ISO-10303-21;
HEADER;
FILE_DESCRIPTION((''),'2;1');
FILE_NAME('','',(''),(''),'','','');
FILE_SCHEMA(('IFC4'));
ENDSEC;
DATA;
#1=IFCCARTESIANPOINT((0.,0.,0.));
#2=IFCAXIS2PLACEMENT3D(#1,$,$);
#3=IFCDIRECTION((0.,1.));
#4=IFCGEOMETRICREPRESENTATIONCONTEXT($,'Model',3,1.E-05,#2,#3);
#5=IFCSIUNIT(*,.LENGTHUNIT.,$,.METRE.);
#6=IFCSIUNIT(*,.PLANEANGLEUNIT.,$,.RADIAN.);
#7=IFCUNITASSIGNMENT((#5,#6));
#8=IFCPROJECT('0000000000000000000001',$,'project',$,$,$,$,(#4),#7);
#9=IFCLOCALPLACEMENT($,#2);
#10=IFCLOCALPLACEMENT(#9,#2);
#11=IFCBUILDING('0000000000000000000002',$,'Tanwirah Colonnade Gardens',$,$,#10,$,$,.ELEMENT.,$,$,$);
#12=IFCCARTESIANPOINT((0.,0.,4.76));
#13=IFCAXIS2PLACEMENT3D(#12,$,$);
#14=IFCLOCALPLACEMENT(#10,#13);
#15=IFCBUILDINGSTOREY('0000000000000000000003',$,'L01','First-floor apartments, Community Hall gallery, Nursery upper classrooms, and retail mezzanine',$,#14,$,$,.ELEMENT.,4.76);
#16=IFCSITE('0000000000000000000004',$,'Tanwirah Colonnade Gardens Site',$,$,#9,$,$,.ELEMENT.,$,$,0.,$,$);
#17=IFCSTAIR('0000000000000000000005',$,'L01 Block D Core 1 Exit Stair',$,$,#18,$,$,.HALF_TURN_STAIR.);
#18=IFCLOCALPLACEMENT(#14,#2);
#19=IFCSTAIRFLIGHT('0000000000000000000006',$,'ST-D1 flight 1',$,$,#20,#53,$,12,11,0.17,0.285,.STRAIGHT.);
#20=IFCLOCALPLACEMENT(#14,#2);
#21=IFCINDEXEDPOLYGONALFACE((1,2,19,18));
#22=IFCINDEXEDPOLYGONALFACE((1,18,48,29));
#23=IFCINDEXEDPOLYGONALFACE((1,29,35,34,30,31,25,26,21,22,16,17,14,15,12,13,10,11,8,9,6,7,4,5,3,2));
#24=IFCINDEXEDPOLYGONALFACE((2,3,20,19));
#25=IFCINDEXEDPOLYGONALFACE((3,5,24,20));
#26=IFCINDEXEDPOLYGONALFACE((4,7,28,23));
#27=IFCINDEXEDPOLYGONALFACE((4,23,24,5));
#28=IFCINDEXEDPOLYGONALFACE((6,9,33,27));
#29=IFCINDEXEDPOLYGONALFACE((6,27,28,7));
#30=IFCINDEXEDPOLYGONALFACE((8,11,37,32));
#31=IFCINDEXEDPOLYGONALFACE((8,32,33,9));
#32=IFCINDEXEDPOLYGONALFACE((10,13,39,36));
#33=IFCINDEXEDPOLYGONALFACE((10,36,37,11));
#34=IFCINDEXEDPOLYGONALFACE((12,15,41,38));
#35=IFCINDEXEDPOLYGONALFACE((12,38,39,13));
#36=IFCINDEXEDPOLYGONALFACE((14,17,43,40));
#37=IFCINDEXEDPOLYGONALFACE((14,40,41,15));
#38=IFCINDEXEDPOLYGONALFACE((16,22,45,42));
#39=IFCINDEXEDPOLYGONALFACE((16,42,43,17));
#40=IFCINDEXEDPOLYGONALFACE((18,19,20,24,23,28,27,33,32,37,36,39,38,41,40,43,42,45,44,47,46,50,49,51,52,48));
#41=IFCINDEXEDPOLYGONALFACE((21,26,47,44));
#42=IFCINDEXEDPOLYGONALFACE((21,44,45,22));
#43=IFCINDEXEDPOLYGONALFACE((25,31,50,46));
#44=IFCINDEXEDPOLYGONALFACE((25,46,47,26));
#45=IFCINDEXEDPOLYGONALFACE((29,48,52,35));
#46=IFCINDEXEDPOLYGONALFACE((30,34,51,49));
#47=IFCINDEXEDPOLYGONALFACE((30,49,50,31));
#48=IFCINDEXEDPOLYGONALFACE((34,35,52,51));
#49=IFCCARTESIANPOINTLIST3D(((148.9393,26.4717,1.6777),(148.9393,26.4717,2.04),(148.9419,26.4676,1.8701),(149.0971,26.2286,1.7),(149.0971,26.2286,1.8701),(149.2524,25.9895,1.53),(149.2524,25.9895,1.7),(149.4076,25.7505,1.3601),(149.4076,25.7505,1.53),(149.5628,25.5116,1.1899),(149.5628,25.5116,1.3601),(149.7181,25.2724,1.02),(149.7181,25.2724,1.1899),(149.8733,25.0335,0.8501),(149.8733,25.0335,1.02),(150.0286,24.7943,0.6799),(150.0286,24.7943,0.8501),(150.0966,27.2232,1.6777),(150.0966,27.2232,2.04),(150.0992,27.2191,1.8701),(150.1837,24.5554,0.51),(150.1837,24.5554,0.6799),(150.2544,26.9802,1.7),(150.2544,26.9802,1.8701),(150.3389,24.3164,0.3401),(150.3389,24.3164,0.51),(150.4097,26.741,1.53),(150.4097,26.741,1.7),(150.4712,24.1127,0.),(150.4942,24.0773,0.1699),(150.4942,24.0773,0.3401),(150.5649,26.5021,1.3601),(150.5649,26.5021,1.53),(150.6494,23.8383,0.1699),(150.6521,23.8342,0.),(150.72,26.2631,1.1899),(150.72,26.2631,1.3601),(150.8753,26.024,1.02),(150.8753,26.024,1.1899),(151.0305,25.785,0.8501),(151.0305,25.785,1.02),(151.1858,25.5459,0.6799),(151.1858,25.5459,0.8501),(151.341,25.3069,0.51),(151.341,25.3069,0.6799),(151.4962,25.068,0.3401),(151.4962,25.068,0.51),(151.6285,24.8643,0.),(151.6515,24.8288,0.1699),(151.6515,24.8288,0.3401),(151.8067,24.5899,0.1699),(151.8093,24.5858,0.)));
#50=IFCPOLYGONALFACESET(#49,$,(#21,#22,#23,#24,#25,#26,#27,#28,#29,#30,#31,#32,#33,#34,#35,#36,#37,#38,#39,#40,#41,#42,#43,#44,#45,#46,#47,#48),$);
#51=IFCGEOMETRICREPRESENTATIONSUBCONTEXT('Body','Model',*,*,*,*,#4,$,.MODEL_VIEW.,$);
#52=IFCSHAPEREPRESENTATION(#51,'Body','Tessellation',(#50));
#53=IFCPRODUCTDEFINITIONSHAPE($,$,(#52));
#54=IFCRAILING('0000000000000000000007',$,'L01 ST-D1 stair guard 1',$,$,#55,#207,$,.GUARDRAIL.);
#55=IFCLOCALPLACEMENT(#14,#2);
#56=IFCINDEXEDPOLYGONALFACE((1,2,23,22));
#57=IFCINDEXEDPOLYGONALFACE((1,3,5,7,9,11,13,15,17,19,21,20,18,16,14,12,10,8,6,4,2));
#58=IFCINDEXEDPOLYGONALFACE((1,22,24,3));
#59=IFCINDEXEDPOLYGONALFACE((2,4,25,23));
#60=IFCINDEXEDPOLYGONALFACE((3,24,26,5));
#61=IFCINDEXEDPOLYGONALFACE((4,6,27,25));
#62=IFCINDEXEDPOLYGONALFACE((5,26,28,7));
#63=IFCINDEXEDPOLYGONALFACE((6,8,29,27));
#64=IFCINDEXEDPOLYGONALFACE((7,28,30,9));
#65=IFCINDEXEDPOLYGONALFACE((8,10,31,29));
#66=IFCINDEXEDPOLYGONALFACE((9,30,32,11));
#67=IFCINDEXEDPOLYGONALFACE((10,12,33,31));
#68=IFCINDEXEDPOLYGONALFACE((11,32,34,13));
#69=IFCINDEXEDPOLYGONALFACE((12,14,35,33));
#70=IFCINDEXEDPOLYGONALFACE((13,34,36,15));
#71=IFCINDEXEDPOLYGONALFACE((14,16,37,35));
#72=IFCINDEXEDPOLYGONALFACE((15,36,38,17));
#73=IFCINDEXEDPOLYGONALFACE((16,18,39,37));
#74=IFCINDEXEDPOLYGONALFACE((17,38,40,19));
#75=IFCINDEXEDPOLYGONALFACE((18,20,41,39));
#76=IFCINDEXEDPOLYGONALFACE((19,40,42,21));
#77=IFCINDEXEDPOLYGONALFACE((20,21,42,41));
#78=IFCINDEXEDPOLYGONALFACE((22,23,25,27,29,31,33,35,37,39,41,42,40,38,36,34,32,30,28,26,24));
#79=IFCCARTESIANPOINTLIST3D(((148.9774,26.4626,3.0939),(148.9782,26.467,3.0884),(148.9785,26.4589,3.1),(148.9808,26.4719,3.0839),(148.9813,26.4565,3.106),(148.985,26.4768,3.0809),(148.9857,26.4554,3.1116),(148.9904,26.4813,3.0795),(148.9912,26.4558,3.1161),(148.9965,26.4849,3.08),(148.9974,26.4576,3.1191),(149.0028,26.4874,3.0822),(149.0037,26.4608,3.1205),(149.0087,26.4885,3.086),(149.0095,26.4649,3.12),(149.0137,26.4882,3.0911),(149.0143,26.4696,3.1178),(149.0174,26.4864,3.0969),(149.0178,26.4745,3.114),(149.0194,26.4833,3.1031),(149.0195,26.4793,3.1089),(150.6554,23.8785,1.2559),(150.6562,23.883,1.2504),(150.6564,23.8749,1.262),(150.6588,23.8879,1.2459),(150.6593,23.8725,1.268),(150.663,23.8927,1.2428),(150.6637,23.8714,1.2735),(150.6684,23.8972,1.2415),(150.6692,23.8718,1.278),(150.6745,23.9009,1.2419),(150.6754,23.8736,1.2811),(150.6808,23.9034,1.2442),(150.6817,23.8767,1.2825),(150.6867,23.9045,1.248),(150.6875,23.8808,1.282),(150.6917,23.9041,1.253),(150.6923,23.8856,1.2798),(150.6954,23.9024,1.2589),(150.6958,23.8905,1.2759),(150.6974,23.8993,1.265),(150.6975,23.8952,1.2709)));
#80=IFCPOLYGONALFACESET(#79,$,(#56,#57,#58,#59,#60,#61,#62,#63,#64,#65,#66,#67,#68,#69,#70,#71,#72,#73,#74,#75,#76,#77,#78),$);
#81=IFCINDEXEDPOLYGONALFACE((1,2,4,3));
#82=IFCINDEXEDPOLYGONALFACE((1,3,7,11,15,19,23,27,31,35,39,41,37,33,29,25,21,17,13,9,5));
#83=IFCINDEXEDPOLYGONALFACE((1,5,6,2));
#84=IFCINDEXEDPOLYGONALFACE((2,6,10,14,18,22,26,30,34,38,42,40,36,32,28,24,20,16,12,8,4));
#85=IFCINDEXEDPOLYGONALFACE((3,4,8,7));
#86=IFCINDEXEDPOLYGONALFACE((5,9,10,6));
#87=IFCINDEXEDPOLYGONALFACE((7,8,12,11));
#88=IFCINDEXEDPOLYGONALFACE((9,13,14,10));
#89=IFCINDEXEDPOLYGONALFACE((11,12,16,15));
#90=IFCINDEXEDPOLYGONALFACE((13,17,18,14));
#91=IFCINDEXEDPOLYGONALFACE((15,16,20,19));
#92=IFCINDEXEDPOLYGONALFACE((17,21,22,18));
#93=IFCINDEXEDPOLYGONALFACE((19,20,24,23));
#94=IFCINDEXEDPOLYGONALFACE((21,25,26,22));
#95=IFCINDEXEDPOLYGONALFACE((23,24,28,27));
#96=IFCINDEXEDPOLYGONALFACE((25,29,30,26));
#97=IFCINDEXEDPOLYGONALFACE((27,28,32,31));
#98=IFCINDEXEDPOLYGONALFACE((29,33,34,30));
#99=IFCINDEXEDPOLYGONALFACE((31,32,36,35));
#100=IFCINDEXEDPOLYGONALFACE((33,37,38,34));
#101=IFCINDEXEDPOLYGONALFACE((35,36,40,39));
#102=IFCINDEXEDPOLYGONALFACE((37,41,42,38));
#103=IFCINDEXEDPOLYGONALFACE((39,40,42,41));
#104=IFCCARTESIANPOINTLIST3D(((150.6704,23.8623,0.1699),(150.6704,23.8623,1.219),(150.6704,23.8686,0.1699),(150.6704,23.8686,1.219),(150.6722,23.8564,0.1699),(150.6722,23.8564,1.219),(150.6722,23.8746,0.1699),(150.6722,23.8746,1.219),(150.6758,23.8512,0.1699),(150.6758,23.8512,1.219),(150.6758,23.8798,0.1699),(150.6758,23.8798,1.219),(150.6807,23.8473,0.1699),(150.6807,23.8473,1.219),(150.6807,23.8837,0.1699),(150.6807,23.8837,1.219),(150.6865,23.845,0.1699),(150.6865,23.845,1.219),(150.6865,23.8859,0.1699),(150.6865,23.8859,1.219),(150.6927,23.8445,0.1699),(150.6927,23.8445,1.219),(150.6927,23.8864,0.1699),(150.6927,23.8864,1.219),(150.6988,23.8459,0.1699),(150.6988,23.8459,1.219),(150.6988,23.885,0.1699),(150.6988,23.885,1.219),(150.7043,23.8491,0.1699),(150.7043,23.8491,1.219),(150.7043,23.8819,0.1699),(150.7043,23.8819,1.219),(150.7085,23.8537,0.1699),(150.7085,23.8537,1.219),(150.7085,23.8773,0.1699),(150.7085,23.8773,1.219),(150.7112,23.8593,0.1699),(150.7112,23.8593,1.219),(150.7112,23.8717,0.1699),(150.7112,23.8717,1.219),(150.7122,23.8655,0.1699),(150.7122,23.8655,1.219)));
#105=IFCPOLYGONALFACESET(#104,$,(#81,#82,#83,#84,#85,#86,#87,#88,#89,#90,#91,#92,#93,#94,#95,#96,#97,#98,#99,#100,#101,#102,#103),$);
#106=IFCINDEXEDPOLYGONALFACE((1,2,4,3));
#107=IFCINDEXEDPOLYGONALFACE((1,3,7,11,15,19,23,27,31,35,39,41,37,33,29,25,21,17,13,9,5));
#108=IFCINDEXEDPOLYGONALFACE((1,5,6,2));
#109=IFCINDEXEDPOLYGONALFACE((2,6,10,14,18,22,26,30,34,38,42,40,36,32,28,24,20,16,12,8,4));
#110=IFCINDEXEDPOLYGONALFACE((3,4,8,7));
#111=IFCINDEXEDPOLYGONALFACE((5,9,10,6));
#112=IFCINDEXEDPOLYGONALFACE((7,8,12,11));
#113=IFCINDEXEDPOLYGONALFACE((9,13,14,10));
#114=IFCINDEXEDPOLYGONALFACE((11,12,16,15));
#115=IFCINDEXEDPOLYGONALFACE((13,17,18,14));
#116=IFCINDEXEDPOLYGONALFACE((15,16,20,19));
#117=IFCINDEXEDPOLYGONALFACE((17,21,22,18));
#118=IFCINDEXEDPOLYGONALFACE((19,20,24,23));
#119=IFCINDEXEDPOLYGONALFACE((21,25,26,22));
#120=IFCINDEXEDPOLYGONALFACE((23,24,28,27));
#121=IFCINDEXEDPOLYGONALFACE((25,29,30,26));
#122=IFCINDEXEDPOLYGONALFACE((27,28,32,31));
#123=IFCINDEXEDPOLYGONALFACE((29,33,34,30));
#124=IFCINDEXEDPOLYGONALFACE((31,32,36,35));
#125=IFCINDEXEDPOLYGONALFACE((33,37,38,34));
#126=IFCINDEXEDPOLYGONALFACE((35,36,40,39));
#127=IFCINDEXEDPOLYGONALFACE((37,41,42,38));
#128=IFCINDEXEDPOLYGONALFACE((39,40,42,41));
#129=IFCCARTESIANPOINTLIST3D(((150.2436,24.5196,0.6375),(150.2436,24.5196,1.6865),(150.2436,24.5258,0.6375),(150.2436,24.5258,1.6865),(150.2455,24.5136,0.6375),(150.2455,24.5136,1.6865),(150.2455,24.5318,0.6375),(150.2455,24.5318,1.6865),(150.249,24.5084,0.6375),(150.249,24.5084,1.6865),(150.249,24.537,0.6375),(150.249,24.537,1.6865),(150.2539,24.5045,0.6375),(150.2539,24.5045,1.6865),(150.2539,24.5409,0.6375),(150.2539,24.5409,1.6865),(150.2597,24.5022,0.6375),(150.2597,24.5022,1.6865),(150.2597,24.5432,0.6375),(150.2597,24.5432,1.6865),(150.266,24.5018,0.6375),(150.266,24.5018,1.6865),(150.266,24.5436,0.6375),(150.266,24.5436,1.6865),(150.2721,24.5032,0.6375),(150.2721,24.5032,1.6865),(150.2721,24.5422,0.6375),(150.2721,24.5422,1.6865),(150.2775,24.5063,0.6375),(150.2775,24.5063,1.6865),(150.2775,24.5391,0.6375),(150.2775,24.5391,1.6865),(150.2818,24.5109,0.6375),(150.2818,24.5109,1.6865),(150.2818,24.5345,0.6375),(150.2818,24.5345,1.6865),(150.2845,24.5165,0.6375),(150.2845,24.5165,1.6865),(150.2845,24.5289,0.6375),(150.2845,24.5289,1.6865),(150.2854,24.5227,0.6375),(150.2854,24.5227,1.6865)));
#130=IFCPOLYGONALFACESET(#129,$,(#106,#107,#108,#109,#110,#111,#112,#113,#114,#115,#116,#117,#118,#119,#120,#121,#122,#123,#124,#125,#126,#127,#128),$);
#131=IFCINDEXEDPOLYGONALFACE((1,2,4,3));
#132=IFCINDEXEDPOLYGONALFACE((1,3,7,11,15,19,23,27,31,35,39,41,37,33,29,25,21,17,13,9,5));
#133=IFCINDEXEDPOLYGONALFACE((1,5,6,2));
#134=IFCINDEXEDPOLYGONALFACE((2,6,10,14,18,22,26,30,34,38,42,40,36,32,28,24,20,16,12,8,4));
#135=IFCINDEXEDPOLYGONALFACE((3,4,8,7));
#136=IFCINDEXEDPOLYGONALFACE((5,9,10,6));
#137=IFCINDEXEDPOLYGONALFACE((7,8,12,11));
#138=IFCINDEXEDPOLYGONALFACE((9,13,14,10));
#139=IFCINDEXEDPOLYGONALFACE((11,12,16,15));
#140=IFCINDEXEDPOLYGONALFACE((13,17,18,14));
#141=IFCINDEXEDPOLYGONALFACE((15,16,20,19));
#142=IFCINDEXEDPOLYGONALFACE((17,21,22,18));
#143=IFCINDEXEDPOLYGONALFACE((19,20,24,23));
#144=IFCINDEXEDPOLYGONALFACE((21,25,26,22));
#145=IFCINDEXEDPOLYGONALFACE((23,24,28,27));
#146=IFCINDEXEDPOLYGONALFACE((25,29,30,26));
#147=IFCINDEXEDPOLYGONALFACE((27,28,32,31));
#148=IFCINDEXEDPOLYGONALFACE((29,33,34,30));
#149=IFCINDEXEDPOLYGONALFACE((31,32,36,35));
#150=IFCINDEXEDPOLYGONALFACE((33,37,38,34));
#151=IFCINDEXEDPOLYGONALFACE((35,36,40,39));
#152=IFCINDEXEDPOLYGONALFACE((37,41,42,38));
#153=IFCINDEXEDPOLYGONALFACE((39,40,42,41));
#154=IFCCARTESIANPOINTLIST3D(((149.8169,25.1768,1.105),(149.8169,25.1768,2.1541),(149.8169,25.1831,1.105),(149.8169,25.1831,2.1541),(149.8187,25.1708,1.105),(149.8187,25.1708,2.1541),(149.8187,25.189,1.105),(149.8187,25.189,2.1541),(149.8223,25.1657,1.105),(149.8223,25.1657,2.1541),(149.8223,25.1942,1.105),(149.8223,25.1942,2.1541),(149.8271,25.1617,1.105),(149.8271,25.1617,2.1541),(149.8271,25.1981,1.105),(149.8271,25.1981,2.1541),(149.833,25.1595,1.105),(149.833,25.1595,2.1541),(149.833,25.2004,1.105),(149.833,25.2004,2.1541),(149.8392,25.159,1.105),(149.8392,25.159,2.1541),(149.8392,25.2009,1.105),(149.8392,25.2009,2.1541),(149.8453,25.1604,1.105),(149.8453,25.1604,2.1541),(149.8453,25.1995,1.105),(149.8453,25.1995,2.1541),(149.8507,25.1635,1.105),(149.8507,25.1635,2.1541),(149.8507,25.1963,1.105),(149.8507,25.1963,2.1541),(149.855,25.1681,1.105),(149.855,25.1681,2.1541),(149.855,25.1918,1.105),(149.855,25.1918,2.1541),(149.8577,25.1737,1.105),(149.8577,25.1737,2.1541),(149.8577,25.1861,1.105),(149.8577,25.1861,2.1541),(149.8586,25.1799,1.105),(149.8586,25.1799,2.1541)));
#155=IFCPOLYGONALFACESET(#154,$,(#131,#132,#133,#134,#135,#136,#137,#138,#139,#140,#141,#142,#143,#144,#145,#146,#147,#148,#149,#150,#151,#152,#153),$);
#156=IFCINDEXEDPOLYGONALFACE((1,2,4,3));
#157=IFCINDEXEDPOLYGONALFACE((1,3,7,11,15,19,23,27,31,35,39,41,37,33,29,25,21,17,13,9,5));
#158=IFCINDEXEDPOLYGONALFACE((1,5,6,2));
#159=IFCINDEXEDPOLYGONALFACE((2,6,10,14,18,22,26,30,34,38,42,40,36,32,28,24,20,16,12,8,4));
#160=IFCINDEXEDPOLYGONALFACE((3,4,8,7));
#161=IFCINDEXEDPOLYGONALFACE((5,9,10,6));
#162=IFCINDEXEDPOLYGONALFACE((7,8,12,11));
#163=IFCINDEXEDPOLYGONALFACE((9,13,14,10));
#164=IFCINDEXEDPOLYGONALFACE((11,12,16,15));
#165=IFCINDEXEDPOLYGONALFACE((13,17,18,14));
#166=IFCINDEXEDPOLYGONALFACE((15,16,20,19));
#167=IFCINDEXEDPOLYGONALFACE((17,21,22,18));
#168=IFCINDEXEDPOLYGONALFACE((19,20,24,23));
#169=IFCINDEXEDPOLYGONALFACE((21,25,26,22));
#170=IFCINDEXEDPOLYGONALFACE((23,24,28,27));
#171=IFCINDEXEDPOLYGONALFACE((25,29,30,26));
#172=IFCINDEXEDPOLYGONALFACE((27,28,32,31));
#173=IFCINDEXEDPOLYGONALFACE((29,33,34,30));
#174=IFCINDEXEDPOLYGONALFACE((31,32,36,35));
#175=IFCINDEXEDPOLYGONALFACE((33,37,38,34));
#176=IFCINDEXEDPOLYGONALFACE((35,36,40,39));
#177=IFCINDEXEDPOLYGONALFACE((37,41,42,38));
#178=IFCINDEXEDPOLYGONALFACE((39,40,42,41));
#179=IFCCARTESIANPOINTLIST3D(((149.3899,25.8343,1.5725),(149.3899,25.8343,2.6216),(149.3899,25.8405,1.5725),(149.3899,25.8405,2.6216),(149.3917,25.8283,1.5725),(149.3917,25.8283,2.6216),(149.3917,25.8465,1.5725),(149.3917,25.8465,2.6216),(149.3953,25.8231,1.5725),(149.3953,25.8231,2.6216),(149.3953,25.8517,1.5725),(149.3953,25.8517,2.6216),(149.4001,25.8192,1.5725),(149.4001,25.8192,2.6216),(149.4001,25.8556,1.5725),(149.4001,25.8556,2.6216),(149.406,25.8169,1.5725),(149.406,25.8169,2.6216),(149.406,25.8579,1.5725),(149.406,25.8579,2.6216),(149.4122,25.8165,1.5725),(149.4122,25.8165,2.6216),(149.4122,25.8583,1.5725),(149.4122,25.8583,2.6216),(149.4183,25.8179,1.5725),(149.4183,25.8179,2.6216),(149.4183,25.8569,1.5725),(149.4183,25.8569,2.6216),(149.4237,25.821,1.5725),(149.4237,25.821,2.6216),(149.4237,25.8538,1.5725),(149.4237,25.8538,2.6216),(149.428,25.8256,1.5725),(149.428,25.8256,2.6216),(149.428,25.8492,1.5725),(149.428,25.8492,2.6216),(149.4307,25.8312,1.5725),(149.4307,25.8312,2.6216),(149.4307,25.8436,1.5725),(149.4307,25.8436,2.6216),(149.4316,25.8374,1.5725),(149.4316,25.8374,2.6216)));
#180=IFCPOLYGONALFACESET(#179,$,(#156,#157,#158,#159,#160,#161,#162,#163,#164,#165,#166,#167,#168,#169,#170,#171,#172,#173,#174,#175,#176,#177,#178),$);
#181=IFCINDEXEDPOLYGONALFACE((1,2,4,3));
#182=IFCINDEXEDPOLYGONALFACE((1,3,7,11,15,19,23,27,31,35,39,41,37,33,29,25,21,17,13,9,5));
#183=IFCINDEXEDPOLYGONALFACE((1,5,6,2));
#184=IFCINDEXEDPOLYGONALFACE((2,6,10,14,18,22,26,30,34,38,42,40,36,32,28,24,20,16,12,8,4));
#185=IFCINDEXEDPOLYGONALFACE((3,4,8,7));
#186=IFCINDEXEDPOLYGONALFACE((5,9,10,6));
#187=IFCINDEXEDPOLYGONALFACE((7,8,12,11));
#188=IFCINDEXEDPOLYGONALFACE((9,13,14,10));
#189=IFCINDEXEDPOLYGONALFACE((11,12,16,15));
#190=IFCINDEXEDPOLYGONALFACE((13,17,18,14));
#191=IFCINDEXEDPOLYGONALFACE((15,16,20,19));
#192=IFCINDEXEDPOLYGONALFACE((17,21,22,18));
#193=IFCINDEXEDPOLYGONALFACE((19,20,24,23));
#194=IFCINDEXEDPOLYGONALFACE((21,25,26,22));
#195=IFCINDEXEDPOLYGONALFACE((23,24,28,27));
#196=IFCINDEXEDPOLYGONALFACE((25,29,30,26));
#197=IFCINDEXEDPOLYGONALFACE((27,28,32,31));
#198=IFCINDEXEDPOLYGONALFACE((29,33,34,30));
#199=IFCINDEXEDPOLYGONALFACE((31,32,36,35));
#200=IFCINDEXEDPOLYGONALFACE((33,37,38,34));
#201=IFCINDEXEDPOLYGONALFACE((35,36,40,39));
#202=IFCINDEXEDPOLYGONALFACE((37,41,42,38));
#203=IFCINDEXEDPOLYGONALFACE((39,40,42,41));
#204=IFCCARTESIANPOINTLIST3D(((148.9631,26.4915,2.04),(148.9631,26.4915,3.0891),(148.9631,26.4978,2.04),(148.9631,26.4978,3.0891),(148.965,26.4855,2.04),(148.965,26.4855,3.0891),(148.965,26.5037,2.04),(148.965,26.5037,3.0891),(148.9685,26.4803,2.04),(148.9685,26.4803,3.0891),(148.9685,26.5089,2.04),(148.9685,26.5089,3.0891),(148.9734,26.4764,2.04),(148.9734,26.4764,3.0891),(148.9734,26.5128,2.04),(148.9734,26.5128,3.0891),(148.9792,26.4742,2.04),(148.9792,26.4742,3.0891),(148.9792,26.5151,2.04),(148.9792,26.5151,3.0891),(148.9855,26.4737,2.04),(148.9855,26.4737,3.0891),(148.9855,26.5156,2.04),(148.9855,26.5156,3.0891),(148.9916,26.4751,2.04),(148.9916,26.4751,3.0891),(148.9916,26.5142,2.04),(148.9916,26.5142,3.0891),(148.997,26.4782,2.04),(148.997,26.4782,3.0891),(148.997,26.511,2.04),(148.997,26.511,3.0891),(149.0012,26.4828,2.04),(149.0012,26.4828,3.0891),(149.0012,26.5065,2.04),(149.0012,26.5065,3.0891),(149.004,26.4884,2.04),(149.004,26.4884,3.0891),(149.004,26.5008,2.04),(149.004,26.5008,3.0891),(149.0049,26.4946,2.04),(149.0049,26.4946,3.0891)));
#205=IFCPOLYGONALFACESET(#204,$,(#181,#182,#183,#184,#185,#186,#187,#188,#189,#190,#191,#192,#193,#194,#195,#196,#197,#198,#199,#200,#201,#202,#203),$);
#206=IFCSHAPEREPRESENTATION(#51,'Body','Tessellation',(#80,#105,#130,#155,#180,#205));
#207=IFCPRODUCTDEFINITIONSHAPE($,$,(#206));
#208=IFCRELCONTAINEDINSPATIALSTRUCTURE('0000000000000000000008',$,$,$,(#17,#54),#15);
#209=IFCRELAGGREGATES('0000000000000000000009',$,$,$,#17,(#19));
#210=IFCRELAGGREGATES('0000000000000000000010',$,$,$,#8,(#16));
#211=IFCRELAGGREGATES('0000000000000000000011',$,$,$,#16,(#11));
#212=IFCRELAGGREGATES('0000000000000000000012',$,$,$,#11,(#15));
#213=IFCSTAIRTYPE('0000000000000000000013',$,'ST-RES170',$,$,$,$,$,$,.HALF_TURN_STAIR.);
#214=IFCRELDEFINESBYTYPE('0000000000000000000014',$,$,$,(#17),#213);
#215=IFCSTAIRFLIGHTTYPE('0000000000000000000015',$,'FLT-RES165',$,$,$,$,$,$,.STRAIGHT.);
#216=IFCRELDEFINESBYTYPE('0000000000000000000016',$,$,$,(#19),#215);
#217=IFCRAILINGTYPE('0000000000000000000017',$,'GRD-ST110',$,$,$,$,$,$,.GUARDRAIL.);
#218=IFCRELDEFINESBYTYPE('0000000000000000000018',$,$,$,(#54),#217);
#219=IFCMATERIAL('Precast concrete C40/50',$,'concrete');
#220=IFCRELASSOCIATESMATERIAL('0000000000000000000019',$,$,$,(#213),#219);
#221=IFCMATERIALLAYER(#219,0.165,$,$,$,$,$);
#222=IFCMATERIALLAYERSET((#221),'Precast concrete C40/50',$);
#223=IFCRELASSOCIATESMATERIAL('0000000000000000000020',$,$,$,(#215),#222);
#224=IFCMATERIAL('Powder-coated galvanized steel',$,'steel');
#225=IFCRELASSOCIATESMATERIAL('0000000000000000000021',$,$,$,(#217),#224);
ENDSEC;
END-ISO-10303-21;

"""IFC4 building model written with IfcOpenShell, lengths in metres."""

from ifc_helpers import new_model, si_unit, direction, frame, origin, origin_2d, place, context, subcontext, project, spatial, polyline, circle, outline, extrude, material, layer, layer_set, type_object, element, aggregate, save


model = new_model("IFC4")

# Units and contexts
model_context = context("Model", 3, precision=1e-05, world=origin(), true_north=direction((0.0, 1.0)))
body_context = subcontext(model_context, "Body", "Model", "MODEL_VIEW")
ifc_project = project(units=[si_unit("LENGTHUNIT", "METRE"), si_unit("PLANEANGLEUNIT", "RADIAN")], contexts=[model_context])

# Site, building, storey
site_placement = place(None, origin())
site = spatial("IfcSite", under=ifc_project, at=site_placement, Name="Tanwirah Colonnade Gardens Site", CompositionType="ELEMENT", RefElevation=0.0)
building_placement = place(site_placement, origin())
building = spatial("IfcBuilding", under=site, at=building_placement, Name="Tanwirah Colonnade Gardens", CompositionType="ELEMENT")
storey_placement = place(building_placement, frame((0.0, 0.0, 4.76)))
storey = spatial("IfcBuildingStorey", under=building, at=storey_placement, Name="L01", Description="First-floor apartments, Community Hall gallery, Nursery upper classrooms, and retail mezzanine", CompositionType="ELEMENT", Elevation=4.76)

# Shared definitions
ifc_material_1 = material(Name="Precast concrete C40/50", Category="concrete")

# Stair, stair flight
stair_type = type_object("IfcStairType", Name="ST-RES170", PredefinedType="HALF_TURN_STAIR", material=ifc_material_1)
stair_placement = place(storey_placement, origin())
stair = element("IfcStair", 1, at=stair_placement, inside=storey, type_object=stair_type, Name="L01 Block D Core 1 Exit Stair", PredefinedType="HALF_TURN_STAIR")
ifc_layer_1 = layer(ifc_material_1, 0.165)
ifc_layer_set_1 = layer_set([ifc_layer_1], Name="Precast concrete C40/50")
stair_flight_type = type_object("IfcStairFlightType", Name="FLT-RES165", PredefinedType="STRAIGHT", material=ifc_layer_set_1)
stair_flight_placement = place(storey_placement, frame((151.228, 24.2141, 0.0), z_axis=(0.0, 0.0, 1.0), x_axis=(-0.544639, 0.838671, 0.0)))
stair_flight = element("IfcStairFlight", 2, at=stair_flight_placement, type_object=stair_flight_type, Name="ST-D1 flight 1", NumberOfRisers=12, NumberOfTreads=11, PredefinedType="STRAIGHT", RiserHeight=0.17, TreadLength=0.285, context=body_context, shape_type="SweptSolid", body=[
    extrude(outline(polyline([(-0.0049, 0.0), (0.0, 0.1699), (0.2849, 0.1699), (0.2849, 0.3401), (0.5701, 0.3401), (0.5701, 0.51), (0.855, 0.51), (0.855, 0.6799), (1.1399, 0.6799), (1.1399, 0.8501), (1.425, 0.8501), (1.425, 1.02), (1.71, 1.02), (1.71, 1.1899), (1.9951, 1.1899), (1.9951, 1.3601), (2.28, 1.3601), (2.28, 1.53), (2.5649, 1.53), (2.5649, 1.7), (2.8501, 1.7), (2.8501, 1.8701), (3.135, 1.8701), (3.1399, 2.04), (3.1399, 1.6777), (0.3271, 0.0), (-0.0049, 0.0)])), frame((0.0, 0.6899, 0.0), z_axis=(0.0, -1.0, 0.0), x_axis=(1.0, 0.0, 0.0)), (0.0, 0.0, 1.0), 1.3799),
])
aggregate(stair, [stair_flight])

# Railing
ifc_material_2 = material(Name="Powder-coated galvanized steel", Category="steel")
railing_type_1 = type_object("IfcRailingType", Name="GRD-ST110", PredefinedType="GUARDRAIL", material=ifc_material_2)
railing_1_placement = place(storey_placement, frame((150.6912, 23.8655, 0.1699)))
element("IfcRailing", 3, at=railing_1_placement, inside=storey, type_object=railing_type_1, Name="L01 ST-D1 stair guard 1", PredefinedType="GUARDRAIL", context=body_context, shape_type="SweptSolid", body=[
    extrude(circle(Radius=0.0239, at=origin_2d()), frame((-0.0146, 0.0225, 1.092), z_axis=(-0.467711, 0.72026, 0.512321), x_axis=(-0.838687, -0.544613, 0.0)), (0.0, 0.0, 1.0), 3.5876),
    extrude(circle(Radius=0.021, at=origin_2d()), origin(), (0.0, 0.0, 1.0), 1.0491),
    extrude(circle(Radius=0.021, at=origin_2d()), frame((-0.4268, 0.6572, 0.4675)), (0.0, 0.0, 1.0), 1.0491),
    extrude(circle(Radius=0.021, at=origin_2d()), frame((-0.8535, 1.3145, 0.9351)), (0.0, 0.0, 1.0), 1.0491),
    extrude(circle(Radius=0.021, at=origin_2d()), frame((-1.2805, 1.9719, 1.4026)), (0.0, 0.0, 1.0), 1.0491),
    extrude(circle(Radius=0.021, at=origin_2d()), frame((-1.7073, 2.6292, 1.8701)), (0.0, 0.0, 1.0), 1.0491),
])

save(model, "model.ifc")
